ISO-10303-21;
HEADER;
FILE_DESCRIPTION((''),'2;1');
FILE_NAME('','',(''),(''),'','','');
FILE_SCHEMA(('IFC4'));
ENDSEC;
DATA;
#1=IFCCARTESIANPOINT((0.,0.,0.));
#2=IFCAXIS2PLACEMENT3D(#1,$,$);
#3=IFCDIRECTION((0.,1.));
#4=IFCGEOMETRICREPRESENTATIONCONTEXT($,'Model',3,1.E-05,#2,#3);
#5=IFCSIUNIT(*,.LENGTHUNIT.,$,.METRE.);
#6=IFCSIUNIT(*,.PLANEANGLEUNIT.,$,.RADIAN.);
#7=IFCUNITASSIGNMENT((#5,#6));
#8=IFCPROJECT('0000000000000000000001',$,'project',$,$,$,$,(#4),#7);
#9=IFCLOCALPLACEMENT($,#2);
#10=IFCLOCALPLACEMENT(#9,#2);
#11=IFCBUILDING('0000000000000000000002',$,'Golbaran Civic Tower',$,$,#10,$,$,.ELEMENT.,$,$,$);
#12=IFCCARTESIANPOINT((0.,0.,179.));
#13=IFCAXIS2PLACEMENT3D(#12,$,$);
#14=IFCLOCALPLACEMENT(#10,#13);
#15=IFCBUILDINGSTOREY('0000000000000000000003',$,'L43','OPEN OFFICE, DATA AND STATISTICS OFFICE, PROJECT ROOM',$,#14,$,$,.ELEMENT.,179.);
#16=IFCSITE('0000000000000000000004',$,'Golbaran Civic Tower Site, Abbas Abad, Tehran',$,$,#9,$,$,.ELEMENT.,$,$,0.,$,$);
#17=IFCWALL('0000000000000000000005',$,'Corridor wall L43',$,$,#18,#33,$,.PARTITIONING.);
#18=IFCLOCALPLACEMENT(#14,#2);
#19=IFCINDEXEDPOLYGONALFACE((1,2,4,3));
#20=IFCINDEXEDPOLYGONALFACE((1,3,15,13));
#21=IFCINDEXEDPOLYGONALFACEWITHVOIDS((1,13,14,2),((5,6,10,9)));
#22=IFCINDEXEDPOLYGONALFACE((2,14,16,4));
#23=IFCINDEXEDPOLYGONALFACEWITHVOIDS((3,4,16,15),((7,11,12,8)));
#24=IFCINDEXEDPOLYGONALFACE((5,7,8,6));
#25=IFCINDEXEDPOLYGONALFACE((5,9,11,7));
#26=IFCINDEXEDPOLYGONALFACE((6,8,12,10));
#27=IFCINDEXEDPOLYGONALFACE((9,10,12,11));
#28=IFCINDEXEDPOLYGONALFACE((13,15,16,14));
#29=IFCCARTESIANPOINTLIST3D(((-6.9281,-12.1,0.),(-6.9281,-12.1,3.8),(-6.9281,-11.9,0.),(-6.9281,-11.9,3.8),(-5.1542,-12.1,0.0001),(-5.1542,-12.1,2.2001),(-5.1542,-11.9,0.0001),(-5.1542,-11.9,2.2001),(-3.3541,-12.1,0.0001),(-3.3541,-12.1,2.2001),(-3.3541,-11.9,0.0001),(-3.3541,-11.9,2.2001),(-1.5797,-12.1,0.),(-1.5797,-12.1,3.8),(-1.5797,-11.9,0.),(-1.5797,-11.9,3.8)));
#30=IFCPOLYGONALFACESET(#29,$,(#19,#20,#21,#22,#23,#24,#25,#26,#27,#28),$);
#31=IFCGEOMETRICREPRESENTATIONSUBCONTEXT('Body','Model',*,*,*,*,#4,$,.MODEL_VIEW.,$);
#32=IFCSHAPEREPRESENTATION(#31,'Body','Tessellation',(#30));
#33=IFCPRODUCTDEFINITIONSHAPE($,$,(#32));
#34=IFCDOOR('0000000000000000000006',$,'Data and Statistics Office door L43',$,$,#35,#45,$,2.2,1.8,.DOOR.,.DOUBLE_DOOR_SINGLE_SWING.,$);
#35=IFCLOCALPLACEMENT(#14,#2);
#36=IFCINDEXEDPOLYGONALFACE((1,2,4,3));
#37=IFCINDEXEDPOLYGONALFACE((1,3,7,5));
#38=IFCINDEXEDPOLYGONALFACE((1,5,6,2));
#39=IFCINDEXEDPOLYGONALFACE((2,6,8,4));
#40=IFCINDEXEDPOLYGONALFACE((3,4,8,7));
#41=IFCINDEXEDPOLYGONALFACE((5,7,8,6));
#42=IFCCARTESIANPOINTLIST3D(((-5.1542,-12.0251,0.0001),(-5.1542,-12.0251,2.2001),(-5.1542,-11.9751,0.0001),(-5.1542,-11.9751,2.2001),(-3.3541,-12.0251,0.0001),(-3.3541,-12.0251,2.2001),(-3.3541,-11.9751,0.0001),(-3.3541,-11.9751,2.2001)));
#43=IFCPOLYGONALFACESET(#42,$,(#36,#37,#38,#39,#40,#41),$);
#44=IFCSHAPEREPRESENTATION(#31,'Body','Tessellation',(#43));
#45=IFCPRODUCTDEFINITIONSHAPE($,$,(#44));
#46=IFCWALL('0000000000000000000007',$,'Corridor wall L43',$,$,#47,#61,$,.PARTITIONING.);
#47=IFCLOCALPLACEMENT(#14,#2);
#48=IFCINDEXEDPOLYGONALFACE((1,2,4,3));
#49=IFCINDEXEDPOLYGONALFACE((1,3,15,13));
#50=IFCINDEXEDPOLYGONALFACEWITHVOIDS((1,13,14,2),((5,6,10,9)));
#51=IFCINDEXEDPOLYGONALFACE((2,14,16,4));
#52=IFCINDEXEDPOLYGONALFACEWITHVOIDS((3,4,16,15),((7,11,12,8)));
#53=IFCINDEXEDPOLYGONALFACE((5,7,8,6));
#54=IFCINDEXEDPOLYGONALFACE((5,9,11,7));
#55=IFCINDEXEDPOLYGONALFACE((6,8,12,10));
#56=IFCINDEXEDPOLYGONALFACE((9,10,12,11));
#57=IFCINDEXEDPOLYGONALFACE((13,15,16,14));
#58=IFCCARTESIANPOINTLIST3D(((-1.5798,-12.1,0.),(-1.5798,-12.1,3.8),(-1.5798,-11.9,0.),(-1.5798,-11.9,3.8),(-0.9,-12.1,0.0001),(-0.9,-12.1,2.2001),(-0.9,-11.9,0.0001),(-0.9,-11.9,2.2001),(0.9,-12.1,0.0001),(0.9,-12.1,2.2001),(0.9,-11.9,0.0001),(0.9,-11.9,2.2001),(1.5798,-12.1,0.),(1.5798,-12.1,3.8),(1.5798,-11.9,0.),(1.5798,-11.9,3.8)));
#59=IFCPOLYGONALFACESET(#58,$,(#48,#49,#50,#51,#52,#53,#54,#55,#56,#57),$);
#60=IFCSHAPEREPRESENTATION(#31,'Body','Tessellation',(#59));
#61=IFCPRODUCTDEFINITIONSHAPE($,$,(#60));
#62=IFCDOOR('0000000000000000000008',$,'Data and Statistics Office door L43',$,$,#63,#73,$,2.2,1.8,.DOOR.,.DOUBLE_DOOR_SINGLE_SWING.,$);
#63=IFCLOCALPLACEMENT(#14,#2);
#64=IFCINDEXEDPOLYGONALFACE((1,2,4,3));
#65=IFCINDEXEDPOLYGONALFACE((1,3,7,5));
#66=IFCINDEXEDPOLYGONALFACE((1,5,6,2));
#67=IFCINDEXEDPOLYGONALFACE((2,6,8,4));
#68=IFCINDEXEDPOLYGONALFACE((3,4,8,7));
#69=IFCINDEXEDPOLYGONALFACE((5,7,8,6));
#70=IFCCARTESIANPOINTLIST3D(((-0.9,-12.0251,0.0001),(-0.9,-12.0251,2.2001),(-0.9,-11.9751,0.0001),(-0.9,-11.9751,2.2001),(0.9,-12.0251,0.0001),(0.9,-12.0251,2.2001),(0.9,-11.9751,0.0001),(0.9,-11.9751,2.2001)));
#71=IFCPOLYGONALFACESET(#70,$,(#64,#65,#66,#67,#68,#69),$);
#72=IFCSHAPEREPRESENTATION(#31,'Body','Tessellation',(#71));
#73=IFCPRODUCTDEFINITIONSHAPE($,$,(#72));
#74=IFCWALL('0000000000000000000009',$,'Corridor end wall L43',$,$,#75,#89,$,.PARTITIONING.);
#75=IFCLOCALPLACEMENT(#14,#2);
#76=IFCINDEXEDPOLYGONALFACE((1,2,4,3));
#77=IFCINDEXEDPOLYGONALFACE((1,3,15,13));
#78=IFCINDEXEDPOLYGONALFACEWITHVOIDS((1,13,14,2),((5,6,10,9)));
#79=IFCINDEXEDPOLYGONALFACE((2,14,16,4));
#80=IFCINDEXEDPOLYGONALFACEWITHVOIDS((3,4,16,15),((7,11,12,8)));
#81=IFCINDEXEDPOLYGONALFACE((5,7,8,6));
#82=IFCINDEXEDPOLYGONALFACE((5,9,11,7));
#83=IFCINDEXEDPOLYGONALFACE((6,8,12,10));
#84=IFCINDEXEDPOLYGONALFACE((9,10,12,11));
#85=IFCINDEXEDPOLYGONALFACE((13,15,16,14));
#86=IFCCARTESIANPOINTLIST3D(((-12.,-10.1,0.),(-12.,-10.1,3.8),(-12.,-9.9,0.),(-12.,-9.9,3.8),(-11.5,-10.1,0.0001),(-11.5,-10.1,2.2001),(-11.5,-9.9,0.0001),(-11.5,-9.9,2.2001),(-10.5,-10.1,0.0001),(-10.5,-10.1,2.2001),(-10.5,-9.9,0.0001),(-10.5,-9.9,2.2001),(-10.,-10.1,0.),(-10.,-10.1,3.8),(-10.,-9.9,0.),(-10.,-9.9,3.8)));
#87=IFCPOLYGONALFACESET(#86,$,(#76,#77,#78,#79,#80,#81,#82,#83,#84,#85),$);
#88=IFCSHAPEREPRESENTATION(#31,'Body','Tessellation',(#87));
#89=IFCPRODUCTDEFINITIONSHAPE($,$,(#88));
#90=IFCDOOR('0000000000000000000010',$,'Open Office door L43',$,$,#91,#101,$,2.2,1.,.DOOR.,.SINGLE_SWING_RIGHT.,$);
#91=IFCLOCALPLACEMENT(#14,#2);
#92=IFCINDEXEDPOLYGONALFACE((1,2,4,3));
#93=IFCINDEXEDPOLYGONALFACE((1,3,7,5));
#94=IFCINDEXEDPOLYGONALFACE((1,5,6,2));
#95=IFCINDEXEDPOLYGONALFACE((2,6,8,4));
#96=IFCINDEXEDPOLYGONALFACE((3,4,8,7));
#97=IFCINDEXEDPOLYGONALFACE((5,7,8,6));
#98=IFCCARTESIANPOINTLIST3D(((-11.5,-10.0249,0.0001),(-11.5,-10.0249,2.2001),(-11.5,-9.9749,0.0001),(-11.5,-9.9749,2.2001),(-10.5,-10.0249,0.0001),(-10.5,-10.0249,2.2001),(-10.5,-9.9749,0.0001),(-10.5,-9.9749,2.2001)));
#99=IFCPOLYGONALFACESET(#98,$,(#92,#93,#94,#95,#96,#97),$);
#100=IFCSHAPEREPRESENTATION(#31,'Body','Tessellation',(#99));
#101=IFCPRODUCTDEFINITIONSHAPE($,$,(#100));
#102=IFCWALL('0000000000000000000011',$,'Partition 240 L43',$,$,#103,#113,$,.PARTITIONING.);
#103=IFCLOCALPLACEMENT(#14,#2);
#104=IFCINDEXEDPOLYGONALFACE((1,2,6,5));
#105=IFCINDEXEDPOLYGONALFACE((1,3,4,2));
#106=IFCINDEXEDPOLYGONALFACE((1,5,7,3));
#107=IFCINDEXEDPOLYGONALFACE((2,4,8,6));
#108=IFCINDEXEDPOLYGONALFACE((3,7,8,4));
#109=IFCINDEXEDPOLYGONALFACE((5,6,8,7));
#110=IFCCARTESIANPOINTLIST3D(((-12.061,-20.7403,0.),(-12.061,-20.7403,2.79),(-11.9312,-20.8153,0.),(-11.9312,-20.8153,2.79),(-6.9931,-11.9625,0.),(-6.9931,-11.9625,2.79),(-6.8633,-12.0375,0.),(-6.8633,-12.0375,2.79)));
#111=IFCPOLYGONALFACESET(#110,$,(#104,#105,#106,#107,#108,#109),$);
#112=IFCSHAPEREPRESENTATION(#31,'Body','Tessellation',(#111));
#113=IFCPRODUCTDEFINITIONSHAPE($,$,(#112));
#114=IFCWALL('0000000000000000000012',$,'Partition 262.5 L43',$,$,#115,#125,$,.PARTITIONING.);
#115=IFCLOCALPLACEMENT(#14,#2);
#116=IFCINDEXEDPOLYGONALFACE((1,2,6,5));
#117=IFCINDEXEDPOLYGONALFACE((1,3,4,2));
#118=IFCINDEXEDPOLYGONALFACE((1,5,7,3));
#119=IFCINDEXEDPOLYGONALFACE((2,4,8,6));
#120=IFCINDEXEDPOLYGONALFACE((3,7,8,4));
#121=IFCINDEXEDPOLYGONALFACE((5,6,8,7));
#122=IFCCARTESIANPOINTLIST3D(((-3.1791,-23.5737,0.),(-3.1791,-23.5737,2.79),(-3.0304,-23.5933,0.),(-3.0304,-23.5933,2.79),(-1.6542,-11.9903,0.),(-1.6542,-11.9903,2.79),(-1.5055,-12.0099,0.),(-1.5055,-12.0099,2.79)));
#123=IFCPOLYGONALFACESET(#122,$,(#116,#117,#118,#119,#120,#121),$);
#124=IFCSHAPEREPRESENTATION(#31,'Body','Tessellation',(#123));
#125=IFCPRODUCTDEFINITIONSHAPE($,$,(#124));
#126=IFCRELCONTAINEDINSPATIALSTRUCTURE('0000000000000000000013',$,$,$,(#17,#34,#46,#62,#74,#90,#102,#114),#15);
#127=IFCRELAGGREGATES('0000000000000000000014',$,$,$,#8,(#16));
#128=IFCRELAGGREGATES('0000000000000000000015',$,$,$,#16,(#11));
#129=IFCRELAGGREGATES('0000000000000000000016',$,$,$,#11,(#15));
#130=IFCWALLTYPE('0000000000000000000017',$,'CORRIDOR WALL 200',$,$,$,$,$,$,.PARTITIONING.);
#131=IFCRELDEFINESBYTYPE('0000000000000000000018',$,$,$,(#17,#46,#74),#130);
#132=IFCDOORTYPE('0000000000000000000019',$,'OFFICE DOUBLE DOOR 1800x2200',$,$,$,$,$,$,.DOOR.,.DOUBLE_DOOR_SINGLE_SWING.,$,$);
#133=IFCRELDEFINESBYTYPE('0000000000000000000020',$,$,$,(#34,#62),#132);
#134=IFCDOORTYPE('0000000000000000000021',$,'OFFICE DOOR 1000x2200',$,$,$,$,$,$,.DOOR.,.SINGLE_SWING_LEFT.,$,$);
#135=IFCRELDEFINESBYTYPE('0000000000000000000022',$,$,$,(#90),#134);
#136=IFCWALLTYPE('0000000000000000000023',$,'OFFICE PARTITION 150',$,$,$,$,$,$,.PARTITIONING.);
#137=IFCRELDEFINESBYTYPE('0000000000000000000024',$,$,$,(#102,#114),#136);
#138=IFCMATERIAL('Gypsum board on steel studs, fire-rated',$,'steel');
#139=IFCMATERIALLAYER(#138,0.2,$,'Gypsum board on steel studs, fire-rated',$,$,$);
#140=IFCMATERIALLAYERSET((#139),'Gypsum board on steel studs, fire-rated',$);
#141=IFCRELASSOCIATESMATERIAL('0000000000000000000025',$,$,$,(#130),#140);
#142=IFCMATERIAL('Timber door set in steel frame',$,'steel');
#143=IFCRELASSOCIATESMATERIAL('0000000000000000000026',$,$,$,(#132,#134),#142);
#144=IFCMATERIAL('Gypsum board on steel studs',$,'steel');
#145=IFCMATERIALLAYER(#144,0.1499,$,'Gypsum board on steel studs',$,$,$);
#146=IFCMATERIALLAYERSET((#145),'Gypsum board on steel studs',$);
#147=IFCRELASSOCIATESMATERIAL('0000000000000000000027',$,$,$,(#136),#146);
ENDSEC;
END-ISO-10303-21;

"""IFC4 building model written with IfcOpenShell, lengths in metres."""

from ifc_helpers import new_model, si_unit, direction, frame, frame_2d, origin, place, context, subcontext, project, spatial, rectangle, extrude, material, layer, layer_set, type_object, element, fill, save


model = new_model("IFC4")

# Units and contexts
model_context = context("Model", 3, precision=1e-05, world=origin(), true_north=direction((0.0, 1.0)))
body_context = subcontext(model_context, "Body", "Model", "MODEL_VIEW")
ifc_project = project(units=[si_unit("LENGTHUNIT", "METRE"), si_unit("PLANEANGLEUNIT", "RADIAN")], contexts=[model_context])

# Site, building, storey
site_placement = place(None, origin())
site = spatial("IfcSite", under=ifc_project, at=site_placement, Name="Golbaran Civic Tower Site, Abbas Abad, Tehran", CompositionType="ELEMENT", RefElevation=0.0)
building_placement = place(site_placement, origin())
building = spatial("IfcBuilding", under=site, at=building_placement, Name="Golbaran Civic Tower", CompositionType="ELEMENT")
storey_placement = place(building_placement, frame((0.0, 0.0, 179.0)))
storey = spatial("IfcBuildingStorey", under=building, at=storey_placement, Name="L43", Description="OPEN OFFICE, DATA AND STATISTICS OFFICE, PROJECT ROOM", CompositionType="ELEMENT", Elevation=179.0)

# Shared definitions
ifc_material_1 = material(Name="Gypsum board on steel studs, fire-rated", Category="steel")
ifc_layer_1 = layer(ifc_material_1, 0.2, Name="Gypsum board on steel studs, fire-rated")
ifc_layer_set_1 = layer_set([ifc_layer_1], Name="Gypsum board on steel studs, fire-rated")
wall_type_1 = type_object("IfcWallType", Name="CORRIDOR WALL 200", PredefinedType="PARTITIONING", material=ifc_layer_set_1)

# Walls, openings, doors
wall_1_placement = place(storey_placement, frame((-6.9282, -12.0, 0.0), z_axis=(0.0, 0.0, 1.0), x_axis=(1.0, 0.0, 0.0)))
wall_1 = element("IfcWall", 1, at=wall_1_placement, inside=storey, type_object=wall_type_1, Name="Corridor wall L43", PredefinedType="PARTITIONING", context=body_context, shape_type="SweptSolid", body=[
    extrude(rectangle(XDim=5.3484, YDim=0.2, at=frame_2d((2.6743, 0.0))), origin(), (0.0, 0.0, 1.0), 3.8),
])
opening_1_placement = place(wall_1_placement, frame((1.7742, 0.0, 0.0)))
opening_1 = element("IfcOpeningElement", 2, at=opening_1_placement, cuts=wall_1, PredefinedType="OPENING", context=body_context, shape_type="SweptSolid", body=[
    extrude(rectangle(XDim=1.8, YDim=2.2, at=frame_2d((0.8999, 1.1001))), frame((0.0, 0.1099, 0.0), z_axis=(0.0, -1.0, 0.0), x_axis=(1.0, 0.0, 0.0)), (0.0, 0.0, 1.0), 0.22),
])
ifc_material_2 = material(Name="Timber door set in steel frame", Category="steel")
door_type_1 = type_object("IfcDoorType", Name="OFFICE DOUBLE DOOR 1800x2200", OperationType="DOUBLE_DOOR_SINGLE_SWING", PredefinedType="DOOR", material=ifc_material_2)
door_1_placement = place(opening_1_placement, origin())
door_1 = element("IfcDoor", 3, at=door_1_placement, inside=storey, type_object=door_type_1, Name="Data and Statistics Office door L43", OperationType="DOUBLE_DOOR_SINGLE_SWING", OverallHeight=2.2, OverallWidth=1.8, PredefinedType="DOOR", context=body_context, shape_type="SweptSolid", body=[
    extrude(rectangle(XDim=1.8, YDim=2.2, at=frame_2d((0.8999, 1.1001))), frame((0.0, 0.0249, 0.0), z_axis=(0.0, -1.0, 0.0), x_axis=(1.0, 0.0, 0.0)), (0.0, 0.0, 1.0), 0.05),
])
fill(opening_1, door_1)
wall_2_placement = place(storey_placement, frame((-1.5798, -12.0, 0.0), z_axis=(0.0, 0.0, 1.0), x_axis=(1.0, 0.0, 0.0)))
wall_2 = element("IfcWall", 4, at=wall_2_placement, inside=storey, type_object=wall_type_1, Name="Corridor wall L43", PredefinedType="PARTITIONING", context=body_context, shape_type="SweptSolid", body=[
    extrude(rectangle(XDim=3.1597, YDim=0.2, at=frame_2d((1.5798, 0.0))), origin(), (0.0, 0.0, 1.0), 3.8),
])
opening_2_placement = place(wall_2_placement, frame((0.6799, 0.0, 0.0)))
opening_2 = element("IfcOpeningElement", 5, at=opening_2_placement, cuts=wall_2, PredefinedType="OPENING", context=body_context, shape_type="SweptSolid", body=[
    extrude(rectangle(XDim=1.8, YDim=2.2, at=frame_2d((0.8999, 1.1001))), frame((0.0, 0.1099, 0.0), z_axis=(0.0, -1.0, 0.0), x_axis=(1.0, 0.0, 0.0)), (0.0, 0.0, 1.0), 0.22),
])
door_2_placement = place(opening_2_placement, origin())
door_2 = element("IfcDoor", 6, at=door_2_placement, inside=storey, type_object=door_type_1, Name="Data and Statistics Office door L43", OperationType="DOUBLE_DOOR_SINGLE_SWING", OverallHeight=2.2, OverallWidth=1.8, PredefinedType="DOOR", context=body_context, shape_type="SweptSolid", body=[
    extrude(rectangle(XDim=1.8, YDim=2.2, at=frame_2d((0.8999, 1.1001))), frame((0.0, 0.0249, 0.0), z_axis=(0.0, -1.0, 0.0), x_axis=(1.0, 0.0, 0.0)), (0.0, 0.0, 1.0), 0.05),
])
fill(opening_2, door_2)
wall_3_placement = place(storey_placement, frame((-10.0, -10.0, 0.0), z_axis=(0.0, 0.0, 1.0), x_axis=(-1.0, 0.0, 0.0)))
wall_3 = element("IfcWall", 7, at=wall_3_placement, inside=storey, type_object=wall_type_1, Name="Corridor end wall L43", PredefinedType="PARTITIONING", context=body_context, shape_type="SweptSolid", body=[
    extrude(rectangle(XDim=2.0, YDim=0.2, at=frame_2d((1.0, 0.0))), origin(), (0.0, 0.0, 1.0), 3.8),
])
opening_3_placement = place(wall_3_placement, frame((0.5, 0.0, 0.0)))
opening_3 = element("IfcOpeningElement", 8, at=opening_3_placement, cuts=wall_3, PredefinedType="OPENING", context=body_context, shape_type="SweptSolid", body=[
    extrude(rectangle(XDim=1.0, YDim=2.2, at=frame_2d((0.5, 1.1001))), frame((0.0, 0.1099, 0.0), z_axis=(0.0, -1.0, 0.0), x_axis=(1.0, 0.0, 0.0)), (0.0, 0.0, 1.0), 0.22),
])
door_type_2 = type_object("IfcDoorType", Name="OFFICE DOOR 1000x2200", OperationType="SINGLE_SWING_LEFT", PredefinedType="DOOR", material=ifc_material_2)
door_3_placement = place(opening_3_placement, origin())
door_3 = element("IfcDoor", 9, at=door_3_placement, inside=storey, type_object=door_type_2, Name="Open Office door L43", OperationType="SINGLE_SWING_RIGHT", OverallHeight=2.2, OverallWidth=1.0, PredefinedType="DOOR", context=body_context, shape_type="SweptSolid", body=[
    extrude(rectangle(XDim=1.0, YDim=2.2, at=frame_2d((0.5, 1.1001))), frame((0.0, 0.0249, 0.0), z_axis=(0.0, -1.0, 0.0), x_axis=(1.0, 0.0, 0.0)), (0.0, 0.0, 1.0), 0.05),
])
fill(opening_3, door_3)

# Walls
ifc_material_3 = material(Name="Gypsum board on steel studs", Category="steel")
ifc_layer_2 = layer(ifc_material_3, 0.1499, Name="Gypsum board on steel studs")
ifc_layer_set_2 = layer_set([ifc_layer_2], Name="Gypsum board on steel studs")
wall_type_2 = type_object("IfcWallType", Name="OFFICE PARTITION 150", PredefinedType="PARTITIONING", material=ifc_layer_set_2)
wall_4_placement = place(storey_placement, frame((-6.9282, -12.0, 0.0), z_axis=(0.0, 0.0, 1.0), x_axis=(-0.499999, -0.866026, 0.0)))
element("IfcWall", 10, at=wall_4_placement, inside=storey, type_object=wall_type_2, Name="Partition 240 L43", PredefinedType="PARTITIONING", context=body_context, shape_type="SweptSolid", body=[
    extrude(rectangle(XDim=10.1357, YDim=0.1499, at=frame_2d((5.0679, 0.0))), origin(), (0.0, 0.0, 1.0), 2.79),
])
wall_5_placement = place(storey_placement, frame((-1.5798, -12.0, 0.0), z_axis=(0.0, 0.0, 1.0), x_axis=(-0.130518, -0.991446, 0.0)))
element("IfcWall", 11, at=wall_5_placement, inside=storey, type_object=wall_type_2, Name="Partition 262.5 L43", PredefinedType="PARTITIONING", context=body_context, shape_type="SweptSolid", body=[
    extrude(rectangle(XDim=11.6833, YDim=0.1499, at=frame_2d((5.8418, 0.0))), origin(), (0.0, 0.0, 1.0), 2.79),
])

save(model, "model.ifc")
